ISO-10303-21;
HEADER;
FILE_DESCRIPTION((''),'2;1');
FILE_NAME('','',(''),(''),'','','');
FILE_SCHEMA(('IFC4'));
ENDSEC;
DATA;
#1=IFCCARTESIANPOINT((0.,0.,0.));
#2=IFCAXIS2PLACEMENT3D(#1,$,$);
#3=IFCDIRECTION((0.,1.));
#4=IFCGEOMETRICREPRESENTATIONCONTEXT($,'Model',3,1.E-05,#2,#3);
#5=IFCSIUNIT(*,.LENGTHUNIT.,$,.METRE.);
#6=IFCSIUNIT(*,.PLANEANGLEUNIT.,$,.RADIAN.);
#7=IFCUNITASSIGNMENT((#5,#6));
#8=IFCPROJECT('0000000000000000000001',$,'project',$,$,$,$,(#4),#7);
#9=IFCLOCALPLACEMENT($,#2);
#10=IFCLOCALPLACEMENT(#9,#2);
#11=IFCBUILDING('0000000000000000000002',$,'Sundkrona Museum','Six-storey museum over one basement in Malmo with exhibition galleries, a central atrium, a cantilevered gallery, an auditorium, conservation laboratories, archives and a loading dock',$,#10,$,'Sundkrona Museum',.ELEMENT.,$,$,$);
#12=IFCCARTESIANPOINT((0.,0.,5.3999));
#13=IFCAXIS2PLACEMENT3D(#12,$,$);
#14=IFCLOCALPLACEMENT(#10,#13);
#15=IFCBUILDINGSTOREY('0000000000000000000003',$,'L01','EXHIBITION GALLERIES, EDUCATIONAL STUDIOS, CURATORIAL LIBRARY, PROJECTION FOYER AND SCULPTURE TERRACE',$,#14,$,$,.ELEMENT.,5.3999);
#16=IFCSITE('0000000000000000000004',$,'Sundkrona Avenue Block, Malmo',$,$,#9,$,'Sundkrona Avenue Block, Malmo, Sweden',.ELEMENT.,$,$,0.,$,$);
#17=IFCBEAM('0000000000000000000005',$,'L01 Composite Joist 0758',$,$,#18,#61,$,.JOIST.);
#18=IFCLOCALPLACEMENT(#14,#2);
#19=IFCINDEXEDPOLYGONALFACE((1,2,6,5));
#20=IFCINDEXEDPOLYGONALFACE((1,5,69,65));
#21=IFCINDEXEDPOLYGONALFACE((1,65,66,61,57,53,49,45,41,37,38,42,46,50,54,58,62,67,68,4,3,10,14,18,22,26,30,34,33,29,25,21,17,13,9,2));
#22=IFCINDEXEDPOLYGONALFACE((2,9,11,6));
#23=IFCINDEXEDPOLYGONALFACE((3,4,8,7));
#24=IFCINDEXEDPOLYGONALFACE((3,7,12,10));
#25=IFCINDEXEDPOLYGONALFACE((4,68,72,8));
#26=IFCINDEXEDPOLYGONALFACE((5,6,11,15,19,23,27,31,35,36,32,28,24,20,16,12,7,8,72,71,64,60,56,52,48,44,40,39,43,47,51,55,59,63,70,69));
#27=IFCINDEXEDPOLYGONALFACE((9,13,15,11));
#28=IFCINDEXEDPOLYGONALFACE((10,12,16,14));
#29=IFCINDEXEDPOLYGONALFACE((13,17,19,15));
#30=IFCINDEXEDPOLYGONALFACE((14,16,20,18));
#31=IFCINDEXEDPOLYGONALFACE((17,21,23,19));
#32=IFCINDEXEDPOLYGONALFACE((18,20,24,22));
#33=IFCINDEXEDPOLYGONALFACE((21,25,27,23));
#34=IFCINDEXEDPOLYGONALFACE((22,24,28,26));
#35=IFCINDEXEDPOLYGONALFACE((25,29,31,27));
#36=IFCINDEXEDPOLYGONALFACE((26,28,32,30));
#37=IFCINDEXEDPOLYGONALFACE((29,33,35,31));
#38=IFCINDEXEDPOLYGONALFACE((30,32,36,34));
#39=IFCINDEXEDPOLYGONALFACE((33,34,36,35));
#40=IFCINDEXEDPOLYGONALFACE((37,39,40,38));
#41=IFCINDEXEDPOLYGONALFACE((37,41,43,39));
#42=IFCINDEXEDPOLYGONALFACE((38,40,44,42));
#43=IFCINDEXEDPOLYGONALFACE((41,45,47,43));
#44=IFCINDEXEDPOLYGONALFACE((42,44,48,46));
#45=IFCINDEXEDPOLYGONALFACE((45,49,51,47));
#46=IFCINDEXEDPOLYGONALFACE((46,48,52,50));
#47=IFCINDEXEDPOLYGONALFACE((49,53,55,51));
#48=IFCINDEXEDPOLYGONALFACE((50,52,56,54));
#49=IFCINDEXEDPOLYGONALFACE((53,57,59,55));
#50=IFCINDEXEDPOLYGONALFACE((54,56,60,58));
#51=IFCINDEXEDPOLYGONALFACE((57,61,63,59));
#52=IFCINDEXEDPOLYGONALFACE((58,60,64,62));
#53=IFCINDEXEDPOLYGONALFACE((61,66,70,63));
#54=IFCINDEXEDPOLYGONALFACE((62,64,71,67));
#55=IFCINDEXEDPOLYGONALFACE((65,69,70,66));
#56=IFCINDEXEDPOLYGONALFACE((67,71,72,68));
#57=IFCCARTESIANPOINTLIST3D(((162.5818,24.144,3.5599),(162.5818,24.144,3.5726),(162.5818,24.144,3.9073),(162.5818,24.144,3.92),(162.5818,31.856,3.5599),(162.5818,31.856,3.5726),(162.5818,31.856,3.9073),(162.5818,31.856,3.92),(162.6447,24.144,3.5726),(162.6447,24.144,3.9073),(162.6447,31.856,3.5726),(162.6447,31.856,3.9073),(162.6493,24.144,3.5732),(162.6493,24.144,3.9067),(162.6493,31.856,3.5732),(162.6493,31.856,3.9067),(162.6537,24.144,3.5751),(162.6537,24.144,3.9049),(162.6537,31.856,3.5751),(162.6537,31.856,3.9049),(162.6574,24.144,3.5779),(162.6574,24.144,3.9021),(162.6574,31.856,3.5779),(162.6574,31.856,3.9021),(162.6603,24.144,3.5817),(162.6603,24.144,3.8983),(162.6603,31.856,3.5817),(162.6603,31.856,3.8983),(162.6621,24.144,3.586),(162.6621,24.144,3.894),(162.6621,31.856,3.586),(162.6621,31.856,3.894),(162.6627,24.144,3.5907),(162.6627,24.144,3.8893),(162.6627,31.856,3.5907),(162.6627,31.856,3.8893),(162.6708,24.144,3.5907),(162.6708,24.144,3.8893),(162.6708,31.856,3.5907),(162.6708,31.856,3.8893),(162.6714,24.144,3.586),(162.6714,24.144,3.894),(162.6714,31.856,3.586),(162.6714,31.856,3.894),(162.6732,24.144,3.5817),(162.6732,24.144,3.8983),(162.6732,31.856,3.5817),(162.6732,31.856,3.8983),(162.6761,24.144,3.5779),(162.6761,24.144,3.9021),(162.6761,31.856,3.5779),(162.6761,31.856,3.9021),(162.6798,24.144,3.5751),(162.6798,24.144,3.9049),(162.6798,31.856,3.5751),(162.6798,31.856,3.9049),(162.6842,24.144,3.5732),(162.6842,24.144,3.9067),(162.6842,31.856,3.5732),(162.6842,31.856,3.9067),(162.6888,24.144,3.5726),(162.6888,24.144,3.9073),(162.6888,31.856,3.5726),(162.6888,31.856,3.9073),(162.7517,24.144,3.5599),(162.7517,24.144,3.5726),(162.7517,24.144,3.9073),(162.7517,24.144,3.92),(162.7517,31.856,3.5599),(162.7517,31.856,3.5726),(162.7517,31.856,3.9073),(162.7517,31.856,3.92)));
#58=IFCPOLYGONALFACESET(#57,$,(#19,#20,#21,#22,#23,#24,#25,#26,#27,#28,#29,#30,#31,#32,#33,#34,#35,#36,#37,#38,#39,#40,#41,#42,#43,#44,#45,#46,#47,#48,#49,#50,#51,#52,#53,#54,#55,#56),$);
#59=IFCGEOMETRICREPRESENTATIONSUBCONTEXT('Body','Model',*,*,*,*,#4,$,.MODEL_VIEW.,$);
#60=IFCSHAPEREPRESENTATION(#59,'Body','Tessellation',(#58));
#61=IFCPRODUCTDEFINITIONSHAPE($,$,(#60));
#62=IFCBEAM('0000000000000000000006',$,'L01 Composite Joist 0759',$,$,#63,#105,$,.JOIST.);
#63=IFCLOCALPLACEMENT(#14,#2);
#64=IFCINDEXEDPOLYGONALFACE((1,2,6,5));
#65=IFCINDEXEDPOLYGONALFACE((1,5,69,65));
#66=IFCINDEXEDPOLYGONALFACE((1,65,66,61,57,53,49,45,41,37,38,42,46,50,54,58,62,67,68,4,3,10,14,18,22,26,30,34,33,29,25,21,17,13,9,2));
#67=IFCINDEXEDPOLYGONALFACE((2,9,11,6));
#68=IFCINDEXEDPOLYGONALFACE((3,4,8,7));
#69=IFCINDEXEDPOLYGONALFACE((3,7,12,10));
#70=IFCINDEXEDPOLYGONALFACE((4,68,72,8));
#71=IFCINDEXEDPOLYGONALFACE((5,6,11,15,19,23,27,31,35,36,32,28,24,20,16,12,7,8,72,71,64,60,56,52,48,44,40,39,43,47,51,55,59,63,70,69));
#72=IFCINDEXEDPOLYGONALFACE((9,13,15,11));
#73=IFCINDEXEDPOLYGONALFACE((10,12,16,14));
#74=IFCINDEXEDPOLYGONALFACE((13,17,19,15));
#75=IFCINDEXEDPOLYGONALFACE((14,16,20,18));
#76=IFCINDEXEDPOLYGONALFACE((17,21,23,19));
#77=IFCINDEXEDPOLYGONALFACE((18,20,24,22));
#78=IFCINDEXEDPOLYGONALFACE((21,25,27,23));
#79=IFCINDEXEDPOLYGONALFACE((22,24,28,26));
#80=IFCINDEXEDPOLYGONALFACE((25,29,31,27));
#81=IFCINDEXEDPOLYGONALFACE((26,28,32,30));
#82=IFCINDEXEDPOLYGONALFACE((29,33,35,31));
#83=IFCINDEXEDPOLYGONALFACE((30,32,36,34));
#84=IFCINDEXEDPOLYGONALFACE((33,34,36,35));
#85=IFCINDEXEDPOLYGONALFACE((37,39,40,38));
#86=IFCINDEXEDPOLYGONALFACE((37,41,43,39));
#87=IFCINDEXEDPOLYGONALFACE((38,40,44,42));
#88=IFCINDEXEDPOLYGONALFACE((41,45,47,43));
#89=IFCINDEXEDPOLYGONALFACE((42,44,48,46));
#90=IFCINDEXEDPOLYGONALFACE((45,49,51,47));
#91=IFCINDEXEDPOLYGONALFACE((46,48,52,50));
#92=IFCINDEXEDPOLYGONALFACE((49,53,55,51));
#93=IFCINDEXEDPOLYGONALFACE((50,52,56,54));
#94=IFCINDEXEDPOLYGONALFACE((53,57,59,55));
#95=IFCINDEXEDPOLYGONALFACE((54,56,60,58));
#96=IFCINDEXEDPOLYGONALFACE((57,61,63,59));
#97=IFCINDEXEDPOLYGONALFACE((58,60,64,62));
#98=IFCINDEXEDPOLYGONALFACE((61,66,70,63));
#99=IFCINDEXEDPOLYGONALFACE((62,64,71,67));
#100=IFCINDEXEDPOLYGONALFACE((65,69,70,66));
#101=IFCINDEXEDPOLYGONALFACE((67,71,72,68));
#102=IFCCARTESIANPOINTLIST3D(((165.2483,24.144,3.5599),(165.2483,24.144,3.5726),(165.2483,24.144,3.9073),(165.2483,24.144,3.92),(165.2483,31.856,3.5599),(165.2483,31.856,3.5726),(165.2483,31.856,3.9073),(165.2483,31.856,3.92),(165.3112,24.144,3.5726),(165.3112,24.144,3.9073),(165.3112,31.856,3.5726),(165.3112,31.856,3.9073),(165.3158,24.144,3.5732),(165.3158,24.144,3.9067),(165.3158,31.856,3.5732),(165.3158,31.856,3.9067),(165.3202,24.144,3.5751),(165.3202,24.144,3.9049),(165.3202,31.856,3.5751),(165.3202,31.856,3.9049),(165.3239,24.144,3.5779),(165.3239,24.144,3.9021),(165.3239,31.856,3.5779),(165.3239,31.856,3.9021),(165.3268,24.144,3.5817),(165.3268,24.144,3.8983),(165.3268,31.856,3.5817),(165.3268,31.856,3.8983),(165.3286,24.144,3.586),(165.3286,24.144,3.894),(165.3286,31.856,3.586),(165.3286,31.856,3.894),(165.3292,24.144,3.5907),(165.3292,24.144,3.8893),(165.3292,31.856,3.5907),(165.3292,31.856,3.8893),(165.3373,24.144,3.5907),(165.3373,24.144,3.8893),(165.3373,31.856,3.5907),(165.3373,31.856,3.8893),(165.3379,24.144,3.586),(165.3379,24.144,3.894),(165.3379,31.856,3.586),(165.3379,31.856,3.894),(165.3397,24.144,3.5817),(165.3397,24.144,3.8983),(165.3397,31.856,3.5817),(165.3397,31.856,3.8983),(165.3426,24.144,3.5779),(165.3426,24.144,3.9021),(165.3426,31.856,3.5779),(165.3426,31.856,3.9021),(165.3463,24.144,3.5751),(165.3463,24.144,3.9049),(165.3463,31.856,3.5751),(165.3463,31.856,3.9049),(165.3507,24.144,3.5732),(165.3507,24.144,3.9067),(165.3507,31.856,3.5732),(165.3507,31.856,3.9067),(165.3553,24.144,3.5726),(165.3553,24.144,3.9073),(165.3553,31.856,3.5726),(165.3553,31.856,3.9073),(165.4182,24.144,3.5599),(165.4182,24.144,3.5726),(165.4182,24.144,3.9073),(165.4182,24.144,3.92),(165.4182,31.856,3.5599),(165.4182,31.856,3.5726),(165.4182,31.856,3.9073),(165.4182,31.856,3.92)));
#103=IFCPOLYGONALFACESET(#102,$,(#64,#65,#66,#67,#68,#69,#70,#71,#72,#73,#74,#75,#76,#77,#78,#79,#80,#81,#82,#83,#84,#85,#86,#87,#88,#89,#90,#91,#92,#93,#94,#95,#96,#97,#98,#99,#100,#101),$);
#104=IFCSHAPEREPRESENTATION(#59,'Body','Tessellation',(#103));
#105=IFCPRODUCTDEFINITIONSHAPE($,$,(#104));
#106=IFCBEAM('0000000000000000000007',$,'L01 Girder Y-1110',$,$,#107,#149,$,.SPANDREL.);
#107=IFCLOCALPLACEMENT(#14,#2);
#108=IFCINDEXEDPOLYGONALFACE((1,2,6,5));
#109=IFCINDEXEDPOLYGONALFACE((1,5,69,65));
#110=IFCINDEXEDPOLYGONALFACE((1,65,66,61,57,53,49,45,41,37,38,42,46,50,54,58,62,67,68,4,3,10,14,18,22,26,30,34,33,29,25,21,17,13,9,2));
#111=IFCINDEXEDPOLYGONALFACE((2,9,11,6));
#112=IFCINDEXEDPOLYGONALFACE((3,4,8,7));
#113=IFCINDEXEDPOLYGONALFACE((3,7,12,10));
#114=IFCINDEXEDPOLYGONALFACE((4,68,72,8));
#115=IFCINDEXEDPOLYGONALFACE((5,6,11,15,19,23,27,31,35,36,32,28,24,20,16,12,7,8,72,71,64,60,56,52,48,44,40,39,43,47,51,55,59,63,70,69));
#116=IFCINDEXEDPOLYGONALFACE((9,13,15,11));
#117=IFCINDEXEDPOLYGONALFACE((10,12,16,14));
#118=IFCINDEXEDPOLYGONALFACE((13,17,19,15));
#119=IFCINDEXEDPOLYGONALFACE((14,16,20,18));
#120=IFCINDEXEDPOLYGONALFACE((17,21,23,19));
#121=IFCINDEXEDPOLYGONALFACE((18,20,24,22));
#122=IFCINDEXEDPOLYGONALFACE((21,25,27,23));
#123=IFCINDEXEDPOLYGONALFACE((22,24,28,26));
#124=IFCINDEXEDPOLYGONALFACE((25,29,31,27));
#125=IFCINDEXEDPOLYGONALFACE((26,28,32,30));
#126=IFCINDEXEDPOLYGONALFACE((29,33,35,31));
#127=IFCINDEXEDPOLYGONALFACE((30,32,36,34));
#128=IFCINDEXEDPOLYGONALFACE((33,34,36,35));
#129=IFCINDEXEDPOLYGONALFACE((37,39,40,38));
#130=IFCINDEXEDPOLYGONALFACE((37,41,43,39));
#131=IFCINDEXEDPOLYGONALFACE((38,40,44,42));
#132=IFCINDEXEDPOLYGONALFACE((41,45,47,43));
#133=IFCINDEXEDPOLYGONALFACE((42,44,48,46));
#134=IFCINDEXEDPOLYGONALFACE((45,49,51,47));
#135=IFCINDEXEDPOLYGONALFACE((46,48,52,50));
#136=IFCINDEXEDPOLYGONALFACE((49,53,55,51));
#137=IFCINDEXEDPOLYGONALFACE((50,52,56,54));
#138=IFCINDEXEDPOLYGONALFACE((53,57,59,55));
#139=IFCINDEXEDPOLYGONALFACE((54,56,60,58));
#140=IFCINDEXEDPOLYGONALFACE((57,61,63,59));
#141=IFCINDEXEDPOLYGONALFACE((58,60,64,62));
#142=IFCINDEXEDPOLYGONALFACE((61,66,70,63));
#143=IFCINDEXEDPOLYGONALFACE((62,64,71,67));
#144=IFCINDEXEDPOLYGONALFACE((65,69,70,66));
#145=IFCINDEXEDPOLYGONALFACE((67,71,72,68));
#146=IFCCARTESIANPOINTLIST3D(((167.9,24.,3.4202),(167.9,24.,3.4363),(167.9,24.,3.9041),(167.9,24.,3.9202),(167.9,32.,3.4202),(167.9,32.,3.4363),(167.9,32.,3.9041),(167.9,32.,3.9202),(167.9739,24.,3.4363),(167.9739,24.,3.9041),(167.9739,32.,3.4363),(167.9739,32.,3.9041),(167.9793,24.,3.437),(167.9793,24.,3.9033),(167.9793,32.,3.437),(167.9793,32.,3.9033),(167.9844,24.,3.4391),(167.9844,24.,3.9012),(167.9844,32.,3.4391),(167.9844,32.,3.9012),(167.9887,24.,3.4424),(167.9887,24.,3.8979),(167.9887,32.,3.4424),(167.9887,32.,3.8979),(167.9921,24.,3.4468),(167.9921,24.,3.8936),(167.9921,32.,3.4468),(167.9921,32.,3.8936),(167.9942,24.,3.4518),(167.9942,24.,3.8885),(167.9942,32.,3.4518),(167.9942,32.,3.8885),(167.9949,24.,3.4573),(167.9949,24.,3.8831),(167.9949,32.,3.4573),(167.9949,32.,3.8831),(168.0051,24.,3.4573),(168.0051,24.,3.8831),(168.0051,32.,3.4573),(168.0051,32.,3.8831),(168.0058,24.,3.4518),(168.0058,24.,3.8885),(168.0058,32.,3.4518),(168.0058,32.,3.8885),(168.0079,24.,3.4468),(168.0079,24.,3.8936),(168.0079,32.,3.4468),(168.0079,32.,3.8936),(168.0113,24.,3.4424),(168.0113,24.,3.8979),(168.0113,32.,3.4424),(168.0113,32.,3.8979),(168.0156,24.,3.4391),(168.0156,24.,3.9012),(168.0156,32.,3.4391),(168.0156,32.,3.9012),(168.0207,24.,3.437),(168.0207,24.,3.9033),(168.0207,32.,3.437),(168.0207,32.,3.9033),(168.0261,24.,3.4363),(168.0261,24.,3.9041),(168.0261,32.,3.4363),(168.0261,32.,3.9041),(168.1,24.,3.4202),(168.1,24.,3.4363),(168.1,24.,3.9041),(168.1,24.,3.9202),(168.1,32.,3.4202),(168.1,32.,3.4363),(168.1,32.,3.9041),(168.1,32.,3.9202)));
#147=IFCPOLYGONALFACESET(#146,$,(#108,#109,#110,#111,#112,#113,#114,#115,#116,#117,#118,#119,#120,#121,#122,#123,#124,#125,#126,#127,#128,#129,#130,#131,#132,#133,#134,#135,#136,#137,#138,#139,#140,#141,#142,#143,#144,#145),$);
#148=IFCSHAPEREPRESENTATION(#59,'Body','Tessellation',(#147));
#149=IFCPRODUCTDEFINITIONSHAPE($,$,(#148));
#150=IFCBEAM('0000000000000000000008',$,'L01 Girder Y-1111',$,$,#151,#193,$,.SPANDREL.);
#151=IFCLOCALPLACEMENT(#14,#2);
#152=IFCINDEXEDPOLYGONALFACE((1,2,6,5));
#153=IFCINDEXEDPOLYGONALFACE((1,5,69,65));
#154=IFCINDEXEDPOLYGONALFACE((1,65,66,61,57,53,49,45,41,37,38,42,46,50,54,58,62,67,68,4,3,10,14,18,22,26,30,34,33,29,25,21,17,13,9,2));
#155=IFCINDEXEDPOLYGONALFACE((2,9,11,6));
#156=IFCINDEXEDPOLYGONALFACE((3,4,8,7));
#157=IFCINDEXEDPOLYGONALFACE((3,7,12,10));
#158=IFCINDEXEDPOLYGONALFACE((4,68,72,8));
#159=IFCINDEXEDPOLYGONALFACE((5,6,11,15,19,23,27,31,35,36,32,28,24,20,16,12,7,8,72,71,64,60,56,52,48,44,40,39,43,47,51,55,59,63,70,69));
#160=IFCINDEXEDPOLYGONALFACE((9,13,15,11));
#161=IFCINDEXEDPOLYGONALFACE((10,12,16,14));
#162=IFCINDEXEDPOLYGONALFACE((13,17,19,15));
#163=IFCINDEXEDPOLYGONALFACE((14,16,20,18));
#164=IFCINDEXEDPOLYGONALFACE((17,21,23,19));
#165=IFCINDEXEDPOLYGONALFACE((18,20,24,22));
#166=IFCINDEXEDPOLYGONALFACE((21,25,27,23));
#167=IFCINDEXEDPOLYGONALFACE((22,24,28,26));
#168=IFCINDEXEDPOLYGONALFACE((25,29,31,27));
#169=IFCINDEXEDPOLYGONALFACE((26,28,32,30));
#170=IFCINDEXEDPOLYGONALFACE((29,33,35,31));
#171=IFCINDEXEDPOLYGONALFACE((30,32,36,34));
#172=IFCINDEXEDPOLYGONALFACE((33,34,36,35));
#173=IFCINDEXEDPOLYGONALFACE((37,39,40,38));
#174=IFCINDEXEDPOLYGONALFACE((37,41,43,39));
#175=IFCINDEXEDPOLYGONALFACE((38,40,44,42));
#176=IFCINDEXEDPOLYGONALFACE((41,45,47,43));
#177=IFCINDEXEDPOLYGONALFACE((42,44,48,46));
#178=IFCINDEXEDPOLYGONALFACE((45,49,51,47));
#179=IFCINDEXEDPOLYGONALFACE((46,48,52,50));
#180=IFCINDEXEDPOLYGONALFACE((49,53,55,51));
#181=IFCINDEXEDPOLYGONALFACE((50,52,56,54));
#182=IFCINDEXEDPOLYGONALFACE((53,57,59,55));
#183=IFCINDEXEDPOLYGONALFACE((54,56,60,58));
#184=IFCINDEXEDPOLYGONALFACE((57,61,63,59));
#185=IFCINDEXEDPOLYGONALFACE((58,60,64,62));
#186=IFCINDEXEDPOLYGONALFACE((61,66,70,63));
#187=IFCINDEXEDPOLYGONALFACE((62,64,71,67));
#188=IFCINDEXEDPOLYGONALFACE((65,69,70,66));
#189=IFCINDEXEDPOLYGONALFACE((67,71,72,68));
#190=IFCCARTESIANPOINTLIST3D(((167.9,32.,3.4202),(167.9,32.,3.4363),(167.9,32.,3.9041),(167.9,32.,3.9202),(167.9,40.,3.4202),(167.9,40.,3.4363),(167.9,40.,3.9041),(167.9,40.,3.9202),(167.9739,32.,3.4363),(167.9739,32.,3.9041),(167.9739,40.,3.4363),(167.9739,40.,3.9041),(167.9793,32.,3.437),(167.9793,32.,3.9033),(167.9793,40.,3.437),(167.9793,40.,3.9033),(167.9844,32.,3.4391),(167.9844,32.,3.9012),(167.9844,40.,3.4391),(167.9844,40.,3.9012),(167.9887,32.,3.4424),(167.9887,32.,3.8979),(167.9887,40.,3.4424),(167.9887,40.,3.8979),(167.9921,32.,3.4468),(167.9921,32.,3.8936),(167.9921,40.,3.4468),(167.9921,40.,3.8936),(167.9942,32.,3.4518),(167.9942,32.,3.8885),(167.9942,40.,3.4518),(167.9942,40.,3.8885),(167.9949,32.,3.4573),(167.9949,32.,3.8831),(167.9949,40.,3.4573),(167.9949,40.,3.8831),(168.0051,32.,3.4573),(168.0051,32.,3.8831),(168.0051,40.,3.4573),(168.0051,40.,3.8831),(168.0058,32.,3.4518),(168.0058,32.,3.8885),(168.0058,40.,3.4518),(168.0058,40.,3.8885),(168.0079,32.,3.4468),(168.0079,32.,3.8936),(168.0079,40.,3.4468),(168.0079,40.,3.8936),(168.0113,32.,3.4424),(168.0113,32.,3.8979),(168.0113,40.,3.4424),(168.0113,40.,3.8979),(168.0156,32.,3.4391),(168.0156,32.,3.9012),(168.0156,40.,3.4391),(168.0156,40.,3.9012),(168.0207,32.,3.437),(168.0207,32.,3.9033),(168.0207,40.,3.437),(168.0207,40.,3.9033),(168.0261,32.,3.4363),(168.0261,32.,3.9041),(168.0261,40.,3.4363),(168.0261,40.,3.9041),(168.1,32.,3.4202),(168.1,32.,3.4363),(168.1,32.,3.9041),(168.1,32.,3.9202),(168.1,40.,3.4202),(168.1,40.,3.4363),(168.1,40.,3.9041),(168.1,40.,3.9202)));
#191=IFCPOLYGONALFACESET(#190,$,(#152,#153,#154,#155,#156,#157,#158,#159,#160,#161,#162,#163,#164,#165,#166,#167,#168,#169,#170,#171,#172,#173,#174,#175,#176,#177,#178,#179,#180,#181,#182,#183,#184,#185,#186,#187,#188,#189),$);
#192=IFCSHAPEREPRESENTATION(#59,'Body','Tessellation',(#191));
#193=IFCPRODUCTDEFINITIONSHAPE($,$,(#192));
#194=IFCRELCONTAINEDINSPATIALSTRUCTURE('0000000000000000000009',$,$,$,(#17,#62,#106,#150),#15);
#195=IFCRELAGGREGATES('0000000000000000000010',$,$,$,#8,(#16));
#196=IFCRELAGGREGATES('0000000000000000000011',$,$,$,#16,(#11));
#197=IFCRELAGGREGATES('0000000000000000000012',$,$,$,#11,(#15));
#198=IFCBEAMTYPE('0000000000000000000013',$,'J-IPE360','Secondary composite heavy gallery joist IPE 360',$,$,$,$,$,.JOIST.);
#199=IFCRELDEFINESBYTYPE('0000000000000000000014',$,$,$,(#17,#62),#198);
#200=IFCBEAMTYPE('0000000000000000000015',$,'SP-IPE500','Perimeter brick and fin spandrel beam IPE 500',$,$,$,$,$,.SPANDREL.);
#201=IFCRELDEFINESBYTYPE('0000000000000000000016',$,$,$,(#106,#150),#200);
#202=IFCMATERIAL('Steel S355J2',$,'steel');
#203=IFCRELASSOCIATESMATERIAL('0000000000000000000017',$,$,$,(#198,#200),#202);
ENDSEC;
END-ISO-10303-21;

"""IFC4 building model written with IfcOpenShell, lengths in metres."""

from ifc_helpers import new_model, si_unit, direction, frame, origin, origin_2d, place, context, subcontext, project, spatial, i_section, extrude, material, material_profile, profile_set, type_object, element, save


model = new_model("IFC4")

# Units and contexts
model_context = context("Model", 3, precision=1e-05, world=origin(), true_north=direction((0.0, 1.0)))
body_context = subcontext(model_context, "Body", "Model", "MODEL_VIEW")
ifc_project = project(units=[si_unit("LENGTHUNIT", "METRE"), si_unit("PLANEANGLEUNIT", "RADIAN")], contexts=[model_context])

# Site, building, storey
site_placement = place(None, origin())
site = spatial("IfcSite", under=ifc_project, at=site_placement, Name="Sundkrona Avenue Block, Malmo", LongName="Sundkrona Avenue Block, Malmo, Sweden", CompositionType="ELEMENT", RefElevation=0.0)
building_placement = place(site_placement, origin())
building = spatial("IfcBuilding", under=site, at=building_placement, Name="Sundkrona Museum", Description="Six-storey museum over one basement in Malmo with exhibition galleries, a central atrium, a cantilevered gallery, an auditorium, conservation laboratories, archives and a loading dock", LongName="Sundkrona Museum", CompositionType="ELEMENT")
storey_placement = place(building_placement, frame((0.0, 0.0, 5.3999)))
storey = spatial("IfcBuildingStorey", under=building, at=storey_placement, Name="L01", Description="EXHIBITION GALLERIES, EDUCATIONAL STUDIOS, CURATORIAL LIBRARY, PROJECTION FOYER AND SCULPTURE TERRACE", CompositionType="ELEMENT", Elevation=5.3999)

# Shared definitions
ifc_material_1 = material(Name="Steel S355J2", Category="steel")

# Beams
ifc_material_profile_1 = material_profile(ifc_material_1, i_section(OverallWidth=0.1699, OverallDepth=0.3601, WebThickness=0.0081, FlangeThickness=0.0127, FilletRadius=0.0181, at=origin_2d()), Name="IPE 360")
ifc_profile_set_1 = profile_set([ifc_material_profile_1], Name="Steel S355J2")
beam_type_1 = type_object("IfcBeamType", Name="J-IPE360", Description="Secondary composite heavy gallery joist IPE 360", PredefinedType="JOIST", material=ifc_profile_set_1)
for number, where, z_axis, x_axis, name in (
    (1, (162.6667, 24.144, 3.74), (0.0, 1.0, 0.0), (-1.0, 0.0, 0.0), "L01 Composite Joist 0758"),
    (2, (165.3333, 24.144, 3.74), (0.0, 1.0, 0.0), (-1.0, 0.0, 0.0), "L01 Composite Joist 0759"),
):
    element("IfcBeam", number, at=place(storey_placement, frame(where, z_axis=z_axis, x_axis=x_axis)), inside=storey, type_object=beam_type_1, Name=name, PredefinedType="JOIST", context=body_context, shape_type="SweptSolid", body=[
        extrude(i_section(OverallWidth=0.1699, OverallDepth=0.3601, WebThickness=0.0081, FlangeThickness=0.0127, FilletRadius=0.0181, at=origin_2d()), origin(), (0.0, 0.0, 1.0), 7.7119),
    ])
ifc_material_profile_2 = material_profile(ifc_material_1, i_section(OverallWidth=0.2, OverallDepth=0.5, WebThickness=0.0103, FlangeThickness=0.0161, FilletRadius=0.021, at=origin_2d()), Name="IPE 500")
ifc_profile_set_2 = profile_set([ifc_material_profile_2], Name="Steel S355J2")
beam_type_2 = type_object("IfcBeamType", Name="SP-IPE500", Description="Perimeter brick and fin spandrel beam IPE 500", PredefinedType="SPANDREL", material=ifc_profile_set_2)
for number, where, z_axis, x_axis, name in (
    (3, (168.0, 24.0, 3.6702), (0.0, 1.0, 0.0), (-1.0, 0.0, 0.0), "L01 Girder Y-1110"),
    (4, (168.0, 32.0, 3.6702), (0.0, 1.0, 0.0), (-1.0, 0.0, 0.0), "L01 Girder Y-1111"),
):
    element("IfcBeam", number, at=place(storey_placement, frame(where, z_axis=z_axis, x_axis=x_axis)), inside=storey, type_object=beam_type_2, Name=name, PredefinedType="SPANDREL", context=body_context, shape_type="SweptSolid", body=[
        extrude(i_section(OverallWidth=0.2, OverallDepth=0.5, WebThickness=0.0103, FlangeThickness=0.0161, FilletRadius=0.021, at=origin_2d()), origin(), (0.0, 0.0, 1.0), 8.0),
    ])

save(model, "model.ifc")
